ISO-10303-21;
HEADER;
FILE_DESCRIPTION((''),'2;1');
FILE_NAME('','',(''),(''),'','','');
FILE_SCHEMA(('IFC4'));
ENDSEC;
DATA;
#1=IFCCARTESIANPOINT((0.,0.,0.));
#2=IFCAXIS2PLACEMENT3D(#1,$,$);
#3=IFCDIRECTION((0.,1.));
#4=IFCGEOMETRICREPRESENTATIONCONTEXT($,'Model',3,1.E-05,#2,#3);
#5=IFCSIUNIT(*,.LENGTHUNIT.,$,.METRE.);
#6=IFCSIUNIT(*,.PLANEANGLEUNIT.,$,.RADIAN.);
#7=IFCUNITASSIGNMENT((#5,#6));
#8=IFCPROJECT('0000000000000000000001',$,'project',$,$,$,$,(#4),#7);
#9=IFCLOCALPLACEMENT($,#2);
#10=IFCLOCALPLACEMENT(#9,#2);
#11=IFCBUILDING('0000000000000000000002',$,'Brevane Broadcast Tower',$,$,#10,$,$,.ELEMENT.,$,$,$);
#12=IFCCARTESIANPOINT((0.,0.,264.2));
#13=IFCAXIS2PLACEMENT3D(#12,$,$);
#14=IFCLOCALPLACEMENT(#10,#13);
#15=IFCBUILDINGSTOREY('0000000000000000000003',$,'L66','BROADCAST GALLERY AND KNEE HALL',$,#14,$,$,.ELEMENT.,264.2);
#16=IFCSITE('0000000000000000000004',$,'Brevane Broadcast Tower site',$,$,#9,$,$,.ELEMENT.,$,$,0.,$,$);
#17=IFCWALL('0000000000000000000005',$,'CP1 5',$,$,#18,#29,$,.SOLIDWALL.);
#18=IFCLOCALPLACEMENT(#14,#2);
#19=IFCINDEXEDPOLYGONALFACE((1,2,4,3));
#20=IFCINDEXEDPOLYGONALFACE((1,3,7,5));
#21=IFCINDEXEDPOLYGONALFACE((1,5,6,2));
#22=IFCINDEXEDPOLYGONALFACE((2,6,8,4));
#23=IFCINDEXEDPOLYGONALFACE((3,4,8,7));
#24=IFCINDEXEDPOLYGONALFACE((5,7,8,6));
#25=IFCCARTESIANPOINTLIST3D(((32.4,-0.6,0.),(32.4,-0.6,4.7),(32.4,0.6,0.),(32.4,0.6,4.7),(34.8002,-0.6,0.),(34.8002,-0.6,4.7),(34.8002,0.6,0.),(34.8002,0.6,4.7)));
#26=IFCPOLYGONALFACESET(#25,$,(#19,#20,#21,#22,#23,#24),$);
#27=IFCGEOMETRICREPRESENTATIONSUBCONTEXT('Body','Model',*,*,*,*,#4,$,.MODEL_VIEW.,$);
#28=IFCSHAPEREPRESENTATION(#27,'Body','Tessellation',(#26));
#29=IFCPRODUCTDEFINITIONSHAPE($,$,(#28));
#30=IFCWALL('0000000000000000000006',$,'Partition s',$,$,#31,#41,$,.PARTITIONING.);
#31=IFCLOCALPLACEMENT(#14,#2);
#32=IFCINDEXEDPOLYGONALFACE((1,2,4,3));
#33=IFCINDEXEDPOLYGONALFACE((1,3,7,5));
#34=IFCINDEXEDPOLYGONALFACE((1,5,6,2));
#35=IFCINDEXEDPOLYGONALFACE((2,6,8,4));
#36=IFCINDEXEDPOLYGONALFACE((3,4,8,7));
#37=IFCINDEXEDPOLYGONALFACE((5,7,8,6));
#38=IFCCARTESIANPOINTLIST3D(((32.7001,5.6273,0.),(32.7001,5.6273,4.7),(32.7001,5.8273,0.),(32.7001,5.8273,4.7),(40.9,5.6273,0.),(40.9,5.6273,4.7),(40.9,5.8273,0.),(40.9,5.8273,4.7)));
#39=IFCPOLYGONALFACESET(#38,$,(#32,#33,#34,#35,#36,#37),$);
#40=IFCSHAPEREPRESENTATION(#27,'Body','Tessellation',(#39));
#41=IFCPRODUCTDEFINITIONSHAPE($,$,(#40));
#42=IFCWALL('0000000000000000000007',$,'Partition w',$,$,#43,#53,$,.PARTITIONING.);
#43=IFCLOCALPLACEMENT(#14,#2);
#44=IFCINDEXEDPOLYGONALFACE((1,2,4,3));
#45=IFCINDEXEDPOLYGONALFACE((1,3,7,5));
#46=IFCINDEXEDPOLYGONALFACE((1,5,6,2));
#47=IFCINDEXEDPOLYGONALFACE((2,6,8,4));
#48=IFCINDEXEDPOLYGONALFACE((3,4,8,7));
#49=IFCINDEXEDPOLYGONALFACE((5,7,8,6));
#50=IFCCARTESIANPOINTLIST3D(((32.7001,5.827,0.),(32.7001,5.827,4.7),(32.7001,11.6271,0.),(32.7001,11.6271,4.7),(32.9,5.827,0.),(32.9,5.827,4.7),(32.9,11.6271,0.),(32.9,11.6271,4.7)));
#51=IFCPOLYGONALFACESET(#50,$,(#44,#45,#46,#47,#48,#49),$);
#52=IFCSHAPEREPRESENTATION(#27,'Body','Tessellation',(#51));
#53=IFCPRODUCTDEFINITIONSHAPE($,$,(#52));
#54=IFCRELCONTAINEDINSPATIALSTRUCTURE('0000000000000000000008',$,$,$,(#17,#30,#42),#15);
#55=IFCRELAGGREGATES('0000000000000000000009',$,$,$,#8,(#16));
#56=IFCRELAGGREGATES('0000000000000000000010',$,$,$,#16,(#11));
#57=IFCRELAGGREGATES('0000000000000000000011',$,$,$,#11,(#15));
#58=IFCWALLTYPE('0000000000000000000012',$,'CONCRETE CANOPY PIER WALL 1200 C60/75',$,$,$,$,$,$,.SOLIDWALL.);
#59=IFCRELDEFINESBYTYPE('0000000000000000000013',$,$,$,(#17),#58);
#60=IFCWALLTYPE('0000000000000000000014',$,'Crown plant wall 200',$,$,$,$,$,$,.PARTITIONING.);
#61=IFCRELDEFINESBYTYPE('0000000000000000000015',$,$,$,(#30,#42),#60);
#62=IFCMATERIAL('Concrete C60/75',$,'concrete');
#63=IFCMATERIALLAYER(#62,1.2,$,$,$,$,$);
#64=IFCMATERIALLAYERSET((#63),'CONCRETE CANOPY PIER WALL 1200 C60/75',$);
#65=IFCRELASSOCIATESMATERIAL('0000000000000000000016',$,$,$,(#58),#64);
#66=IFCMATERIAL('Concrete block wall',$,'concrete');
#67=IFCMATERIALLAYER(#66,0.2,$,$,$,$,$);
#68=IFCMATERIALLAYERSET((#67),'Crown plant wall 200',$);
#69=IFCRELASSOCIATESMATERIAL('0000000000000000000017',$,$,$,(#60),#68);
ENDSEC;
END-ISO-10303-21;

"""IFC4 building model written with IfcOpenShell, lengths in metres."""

from ifc_helpers import new_model, si_unit, direction, frame, frame_2d, origin, place, context, subcontext, project, spatial, rectangle, extrude, material, layer, layer_set, type_object, element, save


model = new_model("IFC4")

# Units and contexts
model_context = context("Model", 3, precision=1e-05, world=origin(), true_north=direction((0.0, 1.0)))
body_context = subcontext(model_context, "Body", "Model", "MODEL_VIEW")
ifc_project = project(units=[si_unit("LENGTHUNIT", "METRE"), si_unit("PLANEANGLEUNIT", "RADIAN")], contexts=[model_context])

# Site, building, storey
site_placement = place(None, origin())
site = spatial("IfcSite", under=ifc_project, at=site_placement, Name="Brevane Broadcast Tower site", CompositionType="ELEMENT", RefElevation=0.0)
building_placement = place(site_placement, origin())
building = spatial("IfcBuilding", under=site, at=building_placement, Name="Brevane Broadcast Tower", CompositionType="ELEMENT")
storey_placement = place(building_placement, frame((0.0, 0.0, 264.2)))
storey = spatial("IfcBuildingStorey", under=building, at=storey_placement, Name="L66", Description="BROADCAST GALLERY AND KNEE HALL", CompositionType="ELEMENT", Elevation=264.2)

# Walls
ifc_material_1 = material(Name="Concrete C60/75", Category="concrete")
ifc_layer_1 = layer(ifc_material_1, 1.2)
ifc_layer_set_1 = layer_set([ifc_layer_1], Name="CONCRETE CANOPY PIER WALL 1200 C60/75")
wall_type_1 = type_object("IfcWallType", Name="CONCRETE CANOPY PIER WALL 1200 C60/75", PredefinedType="SOLIDWALL", material=ifc_layer_set_1)
wall_1_placement = place(storey_placement, frame((32.3999, 0.0, 0.0), z_axis=(0.0, 0.0, 1.0), x_axis=(1.0, 0.0, 0.0)))
element("IfcWall", 1, at=wall_1_placement, inside=storey, type_object=wall_type_1, Name="CP1 5", PredefinedType="SOLIDWALL", context=body_context, shape_type="SweptSolid", body=[
    extrude(rectangle(XDim=2.4001, YDim=1.2, at=frame_2d((1.2002, 0.0))), origin(), (0.0, 0.0, 1.0), 4.7),
])
ifc_material_2 = material(Name="Concrete block wall", Category="concrete")
ifc_layer_2 = layer(ifc_material_2, 0.2)
ifc_layer_set_2 = layer_set([ifc_layer_2], Name="Crown plant wall 200")
wall_type_2 = type_object("IfcWallType", Name="Crown plant wall 200", PredefinedType="PARTITIONING", material=ifc_layer_set_2)
wall_2_placement = place(storey_placement, frame((32.7, 5.7273, 0.0), z_axis=(0.0, 0.0, 1.0), x_axis=(1.0, 0.0, 0.0)))
element("IfcWall", 2, at=wall_2_placement, inside=storey, type_object=wall_type_2, Name="Partition s", PredefinedType="PARTITIONING", context=body_context, shape_type="SweptSolid", body=[
    extrude(rectangle(XDim=8.2, YDim=0.2, at=frame_2d((4.1001, 0.0))), origin(), (0.0, 0.0, 1.0), 4.7),
])
wall_3_placement = place(storey_placement, frame((32.8, 5.8271, 0.0), z_axis=(0.0, 0.0, 1.0), x_axis=(0.0, 1.0, 0.0)))
element("IfcWall", 3, at=wall_3_placement, inside=storey, type_object=wall_type_2, Name="Partition w", PredefinedType="PARTITIONING", context=body_context, shape_type="SweptSolid", body=[
    extrude(rectangle(XDim=5.8, YDim=0.2, at=frame_2d((2.8999, 0.0))), origin(), (0.0, 0.0, 1.0), 4.7),
])

save(model, "model.ifc")
